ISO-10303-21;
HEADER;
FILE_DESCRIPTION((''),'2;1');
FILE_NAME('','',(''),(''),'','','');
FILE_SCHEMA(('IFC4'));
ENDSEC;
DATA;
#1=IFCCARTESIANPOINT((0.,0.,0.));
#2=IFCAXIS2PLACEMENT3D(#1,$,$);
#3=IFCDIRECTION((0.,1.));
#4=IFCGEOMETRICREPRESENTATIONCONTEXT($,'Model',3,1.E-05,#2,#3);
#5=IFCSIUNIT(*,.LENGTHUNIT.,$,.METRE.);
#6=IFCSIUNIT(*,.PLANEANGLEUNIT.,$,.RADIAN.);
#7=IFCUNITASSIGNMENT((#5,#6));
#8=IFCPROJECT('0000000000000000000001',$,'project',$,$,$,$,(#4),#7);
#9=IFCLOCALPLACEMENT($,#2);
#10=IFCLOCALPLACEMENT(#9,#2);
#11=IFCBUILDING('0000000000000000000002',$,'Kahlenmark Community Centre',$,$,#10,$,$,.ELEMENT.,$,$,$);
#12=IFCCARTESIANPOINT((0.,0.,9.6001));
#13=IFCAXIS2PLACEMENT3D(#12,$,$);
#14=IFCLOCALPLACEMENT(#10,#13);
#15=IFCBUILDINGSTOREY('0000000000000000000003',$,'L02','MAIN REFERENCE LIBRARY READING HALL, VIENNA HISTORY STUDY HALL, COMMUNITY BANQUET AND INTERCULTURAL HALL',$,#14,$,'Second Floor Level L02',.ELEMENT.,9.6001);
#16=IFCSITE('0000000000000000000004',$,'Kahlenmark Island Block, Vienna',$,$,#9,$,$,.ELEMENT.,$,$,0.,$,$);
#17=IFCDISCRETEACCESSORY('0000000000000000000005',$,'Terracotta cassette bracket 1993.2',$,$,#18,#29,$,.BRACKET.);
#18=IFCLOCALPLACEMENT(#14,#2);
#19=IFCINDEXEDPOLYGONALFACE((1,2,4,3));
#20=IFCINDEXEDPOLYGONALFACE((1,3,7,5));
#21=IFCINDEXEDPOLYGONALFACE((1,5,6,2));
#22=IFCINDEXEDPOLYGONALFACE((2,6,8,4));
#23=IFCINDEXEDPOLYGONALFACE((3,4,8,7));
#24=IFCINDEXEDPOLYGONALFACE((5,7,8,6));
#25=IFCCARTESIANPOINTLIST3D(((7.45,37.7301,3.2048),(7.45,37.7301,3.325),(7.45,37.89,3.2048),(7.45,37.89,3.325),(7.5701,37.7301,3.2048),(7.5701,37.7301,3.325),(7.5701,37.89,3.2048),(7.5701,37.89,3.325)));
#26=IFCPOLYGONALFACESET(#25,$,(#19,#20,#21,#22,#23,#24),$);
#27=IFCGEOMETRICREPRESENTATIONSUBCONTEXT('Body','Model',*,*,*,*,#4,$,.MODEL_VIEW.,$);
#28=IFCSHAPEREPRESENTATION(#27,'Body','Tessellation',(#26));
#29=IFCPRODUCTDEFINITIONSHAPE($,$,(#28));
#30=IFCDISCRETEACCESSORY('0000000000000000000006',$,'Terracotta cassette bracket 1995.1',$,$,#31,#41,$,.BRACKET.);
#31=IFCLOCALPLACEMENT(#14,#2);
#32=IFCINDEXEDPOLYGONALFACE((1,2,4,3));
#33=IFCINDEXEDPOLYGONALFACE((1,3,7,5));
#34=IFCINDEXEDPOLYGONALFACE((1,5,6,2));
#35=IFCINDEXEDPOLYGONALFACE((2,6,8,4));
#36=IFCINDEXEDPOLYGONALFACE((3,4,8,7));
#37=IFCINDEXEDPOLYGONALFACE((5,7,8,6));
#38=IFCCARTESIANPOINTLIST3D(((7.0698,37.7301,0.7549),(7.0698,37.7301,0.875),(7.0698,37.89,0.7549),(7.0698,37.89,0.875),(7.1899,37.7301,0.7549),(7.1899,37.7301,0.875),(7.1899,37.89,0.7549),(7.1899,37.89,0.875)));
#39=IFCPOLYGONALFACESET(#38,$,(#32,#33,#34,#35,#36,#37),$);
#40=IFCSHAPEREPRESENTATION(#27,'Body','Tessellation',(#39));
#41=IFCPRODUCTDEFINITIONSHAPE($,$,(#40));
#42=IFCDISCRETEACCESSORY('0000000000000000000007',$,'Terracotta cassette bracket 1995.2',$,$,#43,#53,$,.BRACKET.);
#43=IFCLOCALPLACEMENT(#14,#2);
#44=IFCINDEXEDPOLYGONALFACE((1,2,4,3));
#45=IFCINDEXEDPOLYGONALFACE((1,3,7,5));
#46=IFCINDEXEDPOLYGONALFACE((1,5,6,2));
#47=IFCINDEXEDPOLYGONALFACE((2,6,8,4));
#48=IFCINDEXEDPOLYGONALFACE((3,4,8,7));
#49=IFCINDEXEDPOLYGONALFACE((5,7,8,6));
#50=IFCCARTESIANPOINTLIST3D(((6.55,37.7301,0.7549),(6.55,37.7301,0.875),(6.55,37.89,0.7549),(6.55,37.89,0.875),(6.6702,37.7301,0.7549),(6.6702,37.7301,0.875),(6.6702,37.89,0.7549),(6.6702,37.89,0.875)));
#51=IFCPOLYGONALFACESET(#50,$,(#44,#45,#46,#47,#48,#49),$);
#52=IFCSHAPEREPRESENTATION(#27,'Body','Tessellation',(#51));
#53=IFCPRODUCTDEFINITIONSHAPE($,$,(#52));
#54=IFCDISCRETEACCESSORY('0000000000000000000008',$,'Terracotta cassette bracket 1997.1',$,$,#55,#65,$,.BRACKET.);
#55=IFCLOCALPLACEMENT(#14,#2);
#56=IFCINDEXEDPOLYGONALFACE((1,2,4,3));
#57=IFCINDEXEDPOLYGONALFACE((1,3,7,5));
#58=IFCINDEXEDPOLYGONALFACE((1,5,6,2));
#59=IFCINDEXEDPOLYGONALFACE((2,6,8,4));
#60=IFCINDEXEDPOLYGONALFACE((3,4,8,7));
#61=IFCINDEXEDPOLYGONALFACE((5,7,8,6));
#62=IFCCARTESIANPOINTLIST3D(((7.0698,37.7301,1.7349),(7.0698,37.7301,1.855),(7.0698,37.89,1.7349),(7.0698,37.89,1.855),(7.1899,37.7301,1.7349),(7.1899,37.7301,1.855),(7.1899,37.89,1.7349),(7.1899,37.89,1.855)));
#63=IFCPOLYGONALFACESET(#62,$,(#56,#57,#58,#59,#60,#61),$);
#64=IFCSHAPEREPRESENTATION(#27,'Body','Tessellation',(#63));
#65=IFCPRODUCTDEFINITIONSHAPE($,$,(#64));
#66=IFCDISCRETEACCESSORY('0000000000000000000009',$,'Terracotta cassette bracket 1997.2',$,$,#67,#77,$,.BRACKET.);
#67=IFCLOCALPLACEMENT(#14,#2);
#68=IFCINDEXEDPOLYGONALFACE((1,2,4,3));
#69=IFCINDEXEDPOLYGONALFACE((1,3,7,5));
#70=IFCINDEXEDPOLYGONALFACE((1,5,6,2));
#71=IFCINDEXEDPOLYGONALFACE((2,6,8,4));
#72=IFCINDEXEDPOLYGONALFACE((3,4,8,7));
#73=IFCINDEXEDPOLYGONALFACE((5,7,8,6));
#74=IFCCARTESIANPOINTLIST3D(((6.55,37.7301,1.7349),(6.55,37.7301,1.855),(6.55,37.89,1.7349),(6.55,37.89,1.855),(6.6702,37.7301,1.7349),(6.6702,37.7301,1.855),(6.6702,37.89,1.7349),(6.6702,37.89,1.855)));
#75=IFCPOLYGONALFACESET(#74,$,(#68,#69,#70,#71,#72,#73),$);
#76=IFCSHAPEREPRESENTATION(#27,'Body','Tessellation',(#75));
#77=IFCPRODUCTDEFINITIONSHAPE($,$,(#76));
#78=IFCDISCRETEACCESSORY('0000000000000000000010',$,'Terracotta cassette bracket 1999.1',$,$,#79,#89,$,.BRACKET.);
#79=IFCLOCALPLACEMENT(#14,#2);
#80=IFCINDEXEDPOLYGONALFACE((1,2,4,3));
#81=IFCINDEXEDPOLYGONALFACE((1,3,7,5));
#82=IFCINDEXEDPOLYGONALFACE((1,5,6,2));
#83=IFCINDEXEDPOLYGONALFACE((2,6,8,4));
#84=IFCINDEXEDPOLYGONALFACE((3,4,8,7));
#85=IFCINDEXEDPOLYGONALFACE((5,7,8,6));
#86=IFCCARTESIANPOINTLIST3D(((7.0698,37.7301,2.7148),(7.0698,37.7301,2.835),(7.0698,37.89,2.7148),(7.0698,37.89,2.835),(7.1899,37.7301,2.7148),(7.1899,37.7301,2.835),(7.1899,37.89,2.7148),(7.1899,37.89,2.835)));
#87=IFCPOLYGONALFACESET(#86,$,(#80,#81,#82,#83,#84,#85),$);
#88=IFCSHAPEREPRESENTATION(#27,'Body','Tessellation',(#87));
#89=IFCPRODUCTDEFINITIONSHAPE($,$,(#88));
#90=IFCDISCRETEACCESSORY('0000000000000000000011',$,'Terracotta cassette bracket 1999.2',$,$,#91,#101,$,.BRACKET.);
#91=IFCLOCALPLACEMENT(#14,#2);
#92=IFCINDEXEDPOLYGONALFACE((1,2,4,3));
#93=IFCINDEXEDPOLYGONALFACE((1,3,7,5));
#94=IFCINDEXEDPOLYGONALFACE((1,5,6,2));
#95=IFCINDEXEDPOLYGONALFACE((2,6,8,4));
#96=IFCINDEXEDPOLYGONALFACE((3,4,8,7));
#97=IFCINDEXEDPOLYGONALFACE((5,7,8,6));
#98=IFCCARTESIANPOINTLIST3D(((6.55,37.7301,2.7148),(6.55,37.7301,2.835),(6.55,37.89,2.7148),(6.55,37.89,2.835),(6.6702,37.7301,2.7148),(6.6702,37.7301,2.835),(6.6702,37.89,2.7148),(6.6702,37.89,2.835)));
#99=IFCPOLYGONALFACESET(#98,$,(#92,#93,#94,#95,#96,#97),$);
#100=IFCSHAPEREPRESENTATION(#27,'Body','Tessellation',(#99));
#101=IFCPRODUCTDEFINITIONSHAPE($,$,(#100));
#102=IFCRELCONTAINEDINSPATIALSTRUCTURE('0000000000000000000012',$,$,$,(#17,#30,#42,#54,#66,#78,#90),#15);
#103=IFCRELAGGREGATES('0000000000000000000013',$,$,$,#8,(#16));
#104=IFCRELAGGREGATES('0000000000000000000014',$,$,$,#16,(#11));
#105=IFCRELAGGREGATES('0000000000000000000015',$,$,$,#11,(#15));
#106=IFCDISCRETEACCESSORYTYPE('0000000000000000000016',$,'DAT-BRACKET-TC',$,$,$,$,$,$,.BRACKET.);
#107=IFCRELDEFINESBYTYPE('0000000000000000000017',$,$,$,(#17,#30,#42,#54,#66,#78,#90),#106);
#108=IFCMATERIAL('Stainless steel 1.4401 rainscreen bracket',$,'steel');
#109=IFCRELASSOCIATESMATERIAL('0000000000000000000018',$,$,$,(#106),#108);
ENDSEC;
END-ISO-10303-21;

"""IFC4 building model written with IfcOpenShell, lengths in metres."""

from ifc_helpers import new_model, si_unit, direction, frame, origin, origin_2d, place, context, subcontext, project, spatial, rectangle, extrude, material, type_object, element, save


model = new_model("IFC4")

# Units and contexts
model_context = context("Model", 3, precision=1e-05, world=origin(), true_north=direction((0.0, 1.0)))
body_context = subcontext(model_context, "Body", "Model", "MODEL_VIEW")
ifc_project = project(units=[si_unit("LENGTHUNIT", "METRE"), si_unit("PLANEANGLEUNIT", "RADIAN")], contexts=[model_context])

# Site, building, storey
site_placement = place(None, origin())
site = spatial("IfcSite", under=ifc_project, at=site_placement, Name="Kahlenmark Island Block, Vienna", CompositionType="ELEMENT", RefElevation=0.0)
building_placement = place(site_placement, origin())
building = spatial("IfcBuilding", under=site, at=building_placement, Name="Kahlenmark Community Centre", CompositionType="ELEMENT")
storey_placement = place(building_placement, frame((0.0, 0.0, 9.6001)))
storey = spatial("IfcBuildingStorey", under=building, at=storey_placement, Name="L02", Description="MAIN REFERENCE LIBRARY READING HALL, VIENNA HISTORY STUDY HALL, COMMUNITY BANQUET AND INTERCULTURAL HALL", LongName="Second Floor Level L02", CompositionType="ELEMENT", Elevation=9.6001)

# Discrete accessories
ifc_material_1 = material(Name="Stainless steel 1.4401 rainscreen bracket", Category="steel")
discrete_accessory_type = type_object("IfcDiscreteAccessoryType", Name="DAT-BRACKET-TC", PredefinedType="BRACKET", material=ifc_material_1)
for number, where, z_axis, x_axis, name in (
    (1, (7.51, 37.8101, 3.2048), (0.0, 0.0, 1.0), (-1.0, 0.0, 0.0), "Terracotta cassette bracket 1993.2"),
    (2, (7.1299, 37.8101, 0.7549), (0.0, 0.0, 1.0), (-1.0, 0.0, 0.0), "Terracotta cassette bracket 1995.1"),
    (3, (6.6101, 37.8101, 0.7549), (0.0, 0.0, 1.0), (-1.0, 0.0, 0.0), "Terracotta cassette bracket 1995.2"),
    (4, (7.1299, 37.8101, 1.7349), (0.0, 0.0, 1.0), (-1.0, 0.0, 0.0), "Terracotta cassette bracket 1997.1"),
    (5, (6.6101, 37.8101, 1.7349), (0.0, 0.0, 1.0), (-1.0, 0.0, 0.0), "Terracotta cassette bracket 1997.2"),
    (6, (7.1299, 37.8101, 2.7148), (0.0, 0.0, 1.0), (-1.0, 0.0, 0.0), "Terracotta cassette bracket 1999.1"),
    (7, (6.6101, 37.8101, 2.7148), (0.0, 0.0, 1.0), (-1.0, 0.0, 0.0), "Terracotta cassette bracket 1999.2"),
):
    element("IfcDiscreteAccessory", number, at=place(storey_placement, frame(where, z_axis=z_axis, x_axis=x_axis)), inside=storey, type_object=discrete_accessory_type, Name=name, PredefinedType="BRACKET", context=body_context, shape_type="SweptSolid", body=[
        extrude(rectangle(XDim=0.1201, YDim=0.1599, at=origin_2d()), origin(), (0.0, 0.0, 1.0), 0.1201),
    ])

save(model, "model.ifc")
